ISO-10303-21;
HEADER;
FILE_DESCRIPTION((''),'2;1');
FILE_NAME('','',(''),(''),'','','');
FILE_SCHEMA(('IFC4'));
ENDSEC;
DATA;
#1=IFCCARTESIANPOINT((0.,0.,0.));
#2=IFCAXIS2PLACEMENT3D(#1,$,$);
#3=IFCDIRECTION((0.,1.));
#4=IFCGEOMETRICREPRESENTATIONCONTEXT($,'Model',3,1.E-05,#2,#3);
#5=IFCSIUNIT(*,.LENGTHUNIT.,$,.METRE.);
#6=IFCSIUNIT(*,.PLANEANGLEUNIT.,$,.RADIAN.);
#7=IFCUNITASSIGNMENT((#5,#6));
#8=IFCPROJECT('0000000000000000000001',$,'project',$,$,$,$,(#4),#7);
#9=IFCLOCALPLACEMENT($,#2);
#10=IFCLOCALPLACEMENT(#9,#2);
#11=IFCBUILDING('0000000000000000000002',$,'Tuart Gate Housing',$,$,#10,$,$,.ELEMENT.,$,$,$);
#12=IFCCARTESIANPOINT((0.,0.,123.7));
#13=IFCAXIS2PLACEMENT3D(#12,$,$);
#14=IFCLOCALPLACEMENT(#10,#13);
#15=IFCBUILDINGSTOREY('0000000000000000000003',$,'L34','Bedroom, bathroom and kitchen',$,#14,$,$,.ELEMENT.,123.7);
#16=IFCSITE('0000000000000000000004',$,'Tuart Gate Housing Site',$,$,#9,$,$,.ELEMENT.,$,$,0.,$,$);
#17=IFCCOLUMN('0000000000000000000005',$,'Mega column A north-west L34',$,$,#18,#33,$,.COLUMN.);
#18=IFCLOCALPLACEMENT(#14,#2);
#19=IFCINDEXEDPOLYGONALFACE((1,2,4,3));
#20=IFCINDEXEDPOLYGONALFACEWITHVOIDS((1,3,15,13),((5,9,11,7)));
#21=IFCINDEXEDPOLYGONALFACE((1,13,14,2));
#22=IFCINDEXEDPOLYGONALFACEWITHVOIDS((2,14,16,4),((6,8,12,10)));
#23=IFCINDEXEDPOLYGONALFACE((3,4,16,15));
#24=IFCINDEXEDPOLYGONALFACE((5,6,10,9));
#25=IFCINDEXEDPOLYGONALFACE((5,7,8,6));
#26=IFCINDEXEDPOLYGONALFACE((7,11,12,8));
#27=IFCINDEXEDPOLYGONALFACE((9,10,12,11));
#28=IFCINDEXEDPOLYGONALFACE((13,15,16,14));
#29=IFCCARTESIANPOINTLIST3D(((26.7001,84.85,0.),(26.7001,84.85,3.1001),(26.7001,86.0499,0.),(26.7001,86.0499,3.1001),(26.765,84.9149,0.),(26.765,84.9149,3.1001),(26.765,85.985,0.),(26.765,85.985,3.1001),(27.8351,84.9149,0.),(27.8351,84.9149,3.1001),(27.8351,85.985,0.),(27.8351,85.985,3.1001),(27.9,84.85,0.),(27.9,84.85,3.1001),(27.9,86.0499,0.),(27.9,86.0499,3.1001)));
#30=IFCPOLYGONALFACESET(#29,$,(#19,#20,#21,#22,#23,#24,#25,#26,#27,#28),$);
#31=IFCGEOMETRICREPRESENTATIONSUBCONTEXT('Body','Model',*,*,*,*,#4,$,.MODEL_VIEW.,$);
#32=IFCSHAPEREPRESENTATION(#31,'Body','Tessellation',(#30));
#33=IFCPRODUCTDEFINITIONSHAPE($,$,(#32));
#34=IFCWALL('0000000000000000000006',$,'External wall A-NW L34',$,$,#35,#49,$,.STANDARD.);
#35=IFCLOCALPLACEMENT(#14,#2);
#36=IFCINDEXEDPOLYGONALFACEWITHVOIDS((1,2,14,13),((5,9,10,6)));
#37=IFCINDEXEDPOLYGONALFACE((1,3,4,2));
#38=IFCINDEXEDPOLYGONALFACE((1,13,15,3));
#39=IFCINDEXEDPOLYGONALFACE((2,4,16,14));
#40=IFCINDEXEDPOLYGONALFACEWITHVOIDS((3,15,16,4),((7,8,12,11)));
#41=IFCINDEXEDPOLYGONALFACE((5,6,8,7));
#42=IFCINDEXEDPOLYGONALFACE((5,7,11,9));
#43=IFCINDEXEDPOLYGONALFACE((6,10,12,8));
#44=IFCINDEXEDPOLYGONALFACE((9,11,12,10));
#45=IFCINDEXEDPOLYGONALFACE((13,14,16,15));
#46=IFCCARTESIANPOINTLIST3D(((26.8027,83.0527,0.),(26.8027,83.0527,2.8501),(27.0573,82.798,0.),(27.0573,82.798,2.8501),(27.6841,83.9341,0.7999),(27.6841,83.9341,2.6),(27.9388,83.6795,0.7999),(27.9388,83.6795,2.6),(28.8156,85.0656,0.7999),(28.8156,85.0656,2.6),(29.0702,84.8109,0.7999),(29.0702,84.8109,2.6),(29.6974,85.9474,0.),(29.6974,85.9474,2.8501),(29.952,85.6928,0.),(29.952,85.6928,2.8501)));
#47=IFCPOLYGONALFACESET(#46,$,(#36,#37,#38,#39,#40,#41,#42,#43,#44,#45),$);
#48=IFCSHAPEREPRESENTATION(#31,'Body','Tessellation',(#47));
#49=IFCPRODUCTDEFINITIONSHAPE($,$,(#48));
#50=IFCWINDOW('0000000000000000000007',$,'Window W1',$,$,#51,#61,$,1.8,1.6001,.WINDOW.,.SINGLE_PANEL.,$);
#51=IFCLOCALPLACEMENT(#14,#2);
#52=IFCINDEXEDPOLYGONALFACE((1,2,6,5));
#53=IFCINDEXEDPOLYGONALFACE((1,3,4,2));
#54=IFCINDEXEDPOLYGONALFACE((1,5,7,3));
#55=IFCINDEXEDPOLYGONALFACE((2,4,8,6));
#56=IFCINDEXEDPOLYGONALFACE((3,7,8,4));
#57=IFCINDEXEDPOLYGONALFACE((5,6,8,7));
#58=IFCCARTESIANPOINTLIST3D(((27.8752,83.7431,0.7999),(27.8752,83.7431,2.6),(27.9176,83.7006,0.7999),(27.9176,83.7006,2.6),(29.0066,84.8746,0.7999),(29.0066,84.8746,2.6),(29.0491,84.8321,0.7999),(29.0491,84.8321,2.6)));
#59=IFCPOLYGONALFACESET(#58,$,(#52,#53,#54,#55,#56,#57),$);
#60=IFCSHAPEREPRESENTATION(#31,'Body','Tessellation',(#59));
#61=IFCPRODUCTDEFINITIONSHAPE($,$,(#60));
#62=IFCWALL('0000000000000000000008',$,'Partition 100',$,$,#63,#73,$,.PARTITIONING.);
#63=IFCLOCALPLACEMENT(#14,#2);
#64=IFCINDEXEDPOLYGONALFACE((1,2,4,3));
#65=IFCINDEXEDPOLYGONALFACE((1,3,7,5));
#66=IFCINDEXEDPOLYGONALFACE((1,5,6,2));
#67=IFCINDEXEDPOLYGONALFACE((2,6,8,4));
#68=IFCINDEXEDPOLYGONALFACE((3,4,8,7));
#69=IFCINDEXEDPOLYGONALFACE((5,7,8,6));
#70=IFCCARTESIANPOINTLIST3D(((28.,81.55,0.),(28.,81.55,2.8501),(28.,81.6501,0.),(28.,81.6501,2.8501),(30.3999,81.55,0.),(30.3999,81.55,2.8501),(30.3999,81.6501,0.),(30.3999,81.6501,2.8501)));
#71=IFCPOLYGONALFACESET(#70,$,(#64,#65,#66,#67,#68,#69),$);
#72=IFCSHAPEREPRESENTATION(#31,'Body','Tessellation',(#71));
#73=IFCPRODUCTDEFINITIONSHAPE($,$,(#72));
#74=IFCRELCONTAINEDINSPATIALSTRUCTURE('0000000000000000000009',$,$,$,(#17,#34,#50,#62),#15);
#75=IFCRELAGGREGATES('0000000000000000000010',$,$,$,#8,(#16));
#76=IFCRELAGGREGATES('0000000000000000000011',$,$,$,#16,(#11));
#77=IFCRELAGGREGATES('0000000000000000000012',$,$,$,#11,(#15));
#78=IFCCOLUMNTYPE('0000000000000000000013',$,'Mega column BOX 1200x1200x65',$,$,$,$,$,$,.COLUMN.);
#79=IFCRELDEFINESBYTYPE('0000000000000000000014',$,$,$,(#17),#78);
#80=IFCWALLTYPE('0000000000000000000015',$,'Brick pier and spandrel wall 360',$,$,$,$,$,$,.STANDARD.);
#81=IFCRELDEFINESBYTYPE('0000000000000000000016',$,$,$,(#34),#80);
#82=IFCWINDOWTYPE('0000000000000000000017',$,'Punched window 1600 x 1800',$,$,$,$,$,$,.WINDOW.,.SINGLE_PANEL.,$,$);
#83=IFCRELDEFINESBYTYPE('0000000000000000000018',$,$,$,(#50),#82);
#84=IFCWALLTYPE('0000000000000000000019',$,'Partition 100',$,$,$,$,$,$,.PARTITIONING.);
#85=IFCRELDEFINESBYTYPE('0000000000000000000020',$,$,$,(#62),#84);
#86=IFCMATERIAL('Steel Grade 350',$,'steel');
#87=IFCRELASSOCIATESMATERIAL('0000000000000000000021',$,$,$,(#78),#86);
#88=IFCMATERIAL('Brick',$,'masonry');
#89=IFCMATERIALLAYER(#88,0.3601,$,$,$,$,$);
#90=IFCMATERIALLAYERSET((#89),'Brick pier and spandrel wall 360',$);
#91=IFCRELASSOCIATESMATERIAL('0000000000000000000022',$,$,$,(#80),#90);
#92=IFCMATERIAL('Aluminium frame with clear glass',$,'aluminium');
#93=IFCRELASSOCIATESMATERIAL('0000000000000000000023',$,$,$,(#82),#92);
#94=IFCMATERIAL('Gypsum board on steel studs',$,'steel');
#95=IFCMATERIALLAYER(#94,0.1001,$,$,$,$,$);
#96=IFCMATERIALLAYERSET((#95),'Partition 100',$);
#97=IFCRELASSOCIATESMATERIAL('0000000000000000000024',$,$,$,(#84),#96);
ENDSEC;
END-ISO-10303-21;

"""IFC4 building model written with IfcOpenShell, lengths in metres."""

from ifc_helpers import new_model, si_unit, direction, frame, frame_2d, origin, origin_2d, place, context, subcontext, project, spatial, rectangle, hollow_rectangle, extrude, material, layer, layer_set, material_profile, profile_set, type_object, element, fill, save


model = new_model("IFC4")

# Units and contexts
model_context = context("Model", 3, precision=1e-05, world=origin(), true_north=direction((0.0, 1.0)))
body_context = subcontext(model_context, "Body", "Model", "MODEL_VIEW")
ifc_project = project(units=[si_unit("LENGTHUNIT", "METRE"), si_unit("PLANEANGLEUNIT", "RADIAN")], contexts=[model_context])

# Site, building, storey
site_placement = place(None, origin())
site = spatial("IfcSite", under=ifc_project, at=site_placement, Name="Tuart Gate Housing Site", CompositionType="ELEMENT", RefElevation=0.0)
building_placement = place(site_placement, origin())
building = spatial("IfcBuilding", under=site, at=building_placement, Name="Tuart Gate Housing", CompositionType="ELEMENT")
storey_placement = place(building_placement, frame((0.0, 0.0, 123.7)))
storey = spatial("IfcBuildingStorey", under=building, at=storey_placement, Name="L34", Description="Bedroom, bathroom and kitchen", CompositionType="ELEMENT", Elevation=123.7)

# Column
ifc_material_1 = material(Name="Steel Grade 350", Category="steel")
ifc_material_profile = material_profile(ifc_material_1, hollow_rectangle(XDim=1.2, YDim=1.2, WallThickness=0.0649, at=origin_2d()), Name="BOX 1200x1200x65")
ifc_profile_set = profile_set([ifc_material_profile], Name="Steel Grade 350")
column_type = type_object("IfcColumnType", Name="Mega column BOX 1200x1200x65", PredefinedType="COLUMN", material=ifc_profile_set)
column_placement = place(storey_placement, frame((27.3, 85.45, 0.0), z_axis=(0.0, 0.0, 1.0), x_axis=(1.0, 0.0, 0.0)))
element("IfcColumn", 1, at=column_placement, inside=storey, type_object=column_type, Name="Mega column A north-west L34", PredefinedType="COLUMN", context=body_context, shape_type="SweptSolid", body=[
    extrude(hollow_rectangle(XDim=1.2, YDim=1.2, WallThickness=0.0649, at=origin_2d()), origin(), (0.0, 0.0, 1.0), 3.1001),
])

# Wall, opening, window
ifc_material_2 = material(Name="Brick", Category="masonry")
ifc_layer_1 = layer(ifc_material_2, 0.3601)
ifc_layer_set_1 = layer_set([ifc_layer_1], Name="Brick pier and spandrel wall 360")
wall_type_1 = type_object("IfcWallType", Name="Brick pier and spandrel wall 360", PredefinedType="STANDARD", material=ifc_layer_set_1)
wall_1_placement = place(storey_placement, frame((29.8247, 85.8201, 0.0), z_axis=(0.0, 0.0, 1.0), x_axis=(-0.707107, -0.707107, 0.0)))
wall_1 = element("IfcWall", 2, at=wall_1_placement, inside=storey, type_object=wall_type_1, Name="External wall A-NW L34", PredefinedType="STANDARD", context=body_context, shape_type="SweptSolid", body=[
    extrude(rectangle(XDim=4.0938, YDim=0.3601, at=frame_2d((2.0469, 0.0))), origin(), (0.0, 0.0, 1.0), 2.8501),
])
opening_1_placement = place(wall_1_placement, frame((1.2471, 0.0, 0.8)))
opening_1 = element("IfcOpeningElement", 3, at=opening_1_placement, cuts=wall_1, PredefinedType="OPENING", context=body_context, shape_type="SweptSolid", body=[
    extrude(rectangle(XDim=1.6001, YDim=1.8, at=frame_2d((0.8, 0.8999))), frame((0.0, 0.1899, 0.0), z_axis=(0.0, -1.0, 0.0), x_axis=(1.0, 0.0, 0.0)), (0.0, 0.0, 1.0), 0.3801),
])
ifc_material_3 = material(Name="Aluminium frame with clear glass", Category="aluminium")
window_type_1 = type_object("IfcWindowType", Name="Punched window 1600 x 1800", PartitioningType="SINGLE_PANEL", PredefinedType="WINDOW", material=ifc_material_3)
window_1_placement = place(opening_1_placement, origin())
window_1 = element("IfcWindow", 4, at=window_1_placement, inside=storey, type_object=window_type_1, Name="Window W1", OverallHeight=1.8, OverallWidth=1.6001, PartitioningType="SINGLE_PANEL", PredefinedType="WINDOW", context=body_context, shape_type="SweptSolid", body=[
    extrude(rectangle(XDim=1.6001, YDim=1.8, at=frame_2d((0.8, 0.8999))), frame((0.0, 0.1501, 0.0), z_axis=(0.0, -1.0, 0.0), x_axis=(1.0, 0.0, 0.0)), (0.0, 0.0, 1.0), 0.0601),
])
fill(opening_1, window_1)

# Wall
ifc_material_4 = material(Name="Gypsum board on steel studs", Category="steel")
ifc_layer_2 = layer(ifc_material_4, 0.1001)
ifc_layer_set_2 = layer_set([ifc_layer_2], Name="Partition 100")
wall_type_2 = type_object("IfcWallType", Name="Partition 100", PredefinedType="PARTITIONING", material=ifc_layer_set_2)
wall_2_placement = place(storey_placement, frame((28.0, 81.6001, 0.0), z_axis=(0.0, 0.0, 1.0), x_axis=(1.0, 0.0, 0.0)))
element("IfcWall", 5, at=wall_2_placement, inside=storey, type_object=wall_type_2, Name="Partition 100", PredefinedType="PARTITIONING", context=body_context, shape_type="SweptSolid", body=[
    extrude(rectangle(XDim=2.3999, YDim=0.1001, at=frame_2d((1.2, 0.0))), origin(), (0.0, 0.0, 1.0), 2.8501),
])

save(model, "model.ifc")
